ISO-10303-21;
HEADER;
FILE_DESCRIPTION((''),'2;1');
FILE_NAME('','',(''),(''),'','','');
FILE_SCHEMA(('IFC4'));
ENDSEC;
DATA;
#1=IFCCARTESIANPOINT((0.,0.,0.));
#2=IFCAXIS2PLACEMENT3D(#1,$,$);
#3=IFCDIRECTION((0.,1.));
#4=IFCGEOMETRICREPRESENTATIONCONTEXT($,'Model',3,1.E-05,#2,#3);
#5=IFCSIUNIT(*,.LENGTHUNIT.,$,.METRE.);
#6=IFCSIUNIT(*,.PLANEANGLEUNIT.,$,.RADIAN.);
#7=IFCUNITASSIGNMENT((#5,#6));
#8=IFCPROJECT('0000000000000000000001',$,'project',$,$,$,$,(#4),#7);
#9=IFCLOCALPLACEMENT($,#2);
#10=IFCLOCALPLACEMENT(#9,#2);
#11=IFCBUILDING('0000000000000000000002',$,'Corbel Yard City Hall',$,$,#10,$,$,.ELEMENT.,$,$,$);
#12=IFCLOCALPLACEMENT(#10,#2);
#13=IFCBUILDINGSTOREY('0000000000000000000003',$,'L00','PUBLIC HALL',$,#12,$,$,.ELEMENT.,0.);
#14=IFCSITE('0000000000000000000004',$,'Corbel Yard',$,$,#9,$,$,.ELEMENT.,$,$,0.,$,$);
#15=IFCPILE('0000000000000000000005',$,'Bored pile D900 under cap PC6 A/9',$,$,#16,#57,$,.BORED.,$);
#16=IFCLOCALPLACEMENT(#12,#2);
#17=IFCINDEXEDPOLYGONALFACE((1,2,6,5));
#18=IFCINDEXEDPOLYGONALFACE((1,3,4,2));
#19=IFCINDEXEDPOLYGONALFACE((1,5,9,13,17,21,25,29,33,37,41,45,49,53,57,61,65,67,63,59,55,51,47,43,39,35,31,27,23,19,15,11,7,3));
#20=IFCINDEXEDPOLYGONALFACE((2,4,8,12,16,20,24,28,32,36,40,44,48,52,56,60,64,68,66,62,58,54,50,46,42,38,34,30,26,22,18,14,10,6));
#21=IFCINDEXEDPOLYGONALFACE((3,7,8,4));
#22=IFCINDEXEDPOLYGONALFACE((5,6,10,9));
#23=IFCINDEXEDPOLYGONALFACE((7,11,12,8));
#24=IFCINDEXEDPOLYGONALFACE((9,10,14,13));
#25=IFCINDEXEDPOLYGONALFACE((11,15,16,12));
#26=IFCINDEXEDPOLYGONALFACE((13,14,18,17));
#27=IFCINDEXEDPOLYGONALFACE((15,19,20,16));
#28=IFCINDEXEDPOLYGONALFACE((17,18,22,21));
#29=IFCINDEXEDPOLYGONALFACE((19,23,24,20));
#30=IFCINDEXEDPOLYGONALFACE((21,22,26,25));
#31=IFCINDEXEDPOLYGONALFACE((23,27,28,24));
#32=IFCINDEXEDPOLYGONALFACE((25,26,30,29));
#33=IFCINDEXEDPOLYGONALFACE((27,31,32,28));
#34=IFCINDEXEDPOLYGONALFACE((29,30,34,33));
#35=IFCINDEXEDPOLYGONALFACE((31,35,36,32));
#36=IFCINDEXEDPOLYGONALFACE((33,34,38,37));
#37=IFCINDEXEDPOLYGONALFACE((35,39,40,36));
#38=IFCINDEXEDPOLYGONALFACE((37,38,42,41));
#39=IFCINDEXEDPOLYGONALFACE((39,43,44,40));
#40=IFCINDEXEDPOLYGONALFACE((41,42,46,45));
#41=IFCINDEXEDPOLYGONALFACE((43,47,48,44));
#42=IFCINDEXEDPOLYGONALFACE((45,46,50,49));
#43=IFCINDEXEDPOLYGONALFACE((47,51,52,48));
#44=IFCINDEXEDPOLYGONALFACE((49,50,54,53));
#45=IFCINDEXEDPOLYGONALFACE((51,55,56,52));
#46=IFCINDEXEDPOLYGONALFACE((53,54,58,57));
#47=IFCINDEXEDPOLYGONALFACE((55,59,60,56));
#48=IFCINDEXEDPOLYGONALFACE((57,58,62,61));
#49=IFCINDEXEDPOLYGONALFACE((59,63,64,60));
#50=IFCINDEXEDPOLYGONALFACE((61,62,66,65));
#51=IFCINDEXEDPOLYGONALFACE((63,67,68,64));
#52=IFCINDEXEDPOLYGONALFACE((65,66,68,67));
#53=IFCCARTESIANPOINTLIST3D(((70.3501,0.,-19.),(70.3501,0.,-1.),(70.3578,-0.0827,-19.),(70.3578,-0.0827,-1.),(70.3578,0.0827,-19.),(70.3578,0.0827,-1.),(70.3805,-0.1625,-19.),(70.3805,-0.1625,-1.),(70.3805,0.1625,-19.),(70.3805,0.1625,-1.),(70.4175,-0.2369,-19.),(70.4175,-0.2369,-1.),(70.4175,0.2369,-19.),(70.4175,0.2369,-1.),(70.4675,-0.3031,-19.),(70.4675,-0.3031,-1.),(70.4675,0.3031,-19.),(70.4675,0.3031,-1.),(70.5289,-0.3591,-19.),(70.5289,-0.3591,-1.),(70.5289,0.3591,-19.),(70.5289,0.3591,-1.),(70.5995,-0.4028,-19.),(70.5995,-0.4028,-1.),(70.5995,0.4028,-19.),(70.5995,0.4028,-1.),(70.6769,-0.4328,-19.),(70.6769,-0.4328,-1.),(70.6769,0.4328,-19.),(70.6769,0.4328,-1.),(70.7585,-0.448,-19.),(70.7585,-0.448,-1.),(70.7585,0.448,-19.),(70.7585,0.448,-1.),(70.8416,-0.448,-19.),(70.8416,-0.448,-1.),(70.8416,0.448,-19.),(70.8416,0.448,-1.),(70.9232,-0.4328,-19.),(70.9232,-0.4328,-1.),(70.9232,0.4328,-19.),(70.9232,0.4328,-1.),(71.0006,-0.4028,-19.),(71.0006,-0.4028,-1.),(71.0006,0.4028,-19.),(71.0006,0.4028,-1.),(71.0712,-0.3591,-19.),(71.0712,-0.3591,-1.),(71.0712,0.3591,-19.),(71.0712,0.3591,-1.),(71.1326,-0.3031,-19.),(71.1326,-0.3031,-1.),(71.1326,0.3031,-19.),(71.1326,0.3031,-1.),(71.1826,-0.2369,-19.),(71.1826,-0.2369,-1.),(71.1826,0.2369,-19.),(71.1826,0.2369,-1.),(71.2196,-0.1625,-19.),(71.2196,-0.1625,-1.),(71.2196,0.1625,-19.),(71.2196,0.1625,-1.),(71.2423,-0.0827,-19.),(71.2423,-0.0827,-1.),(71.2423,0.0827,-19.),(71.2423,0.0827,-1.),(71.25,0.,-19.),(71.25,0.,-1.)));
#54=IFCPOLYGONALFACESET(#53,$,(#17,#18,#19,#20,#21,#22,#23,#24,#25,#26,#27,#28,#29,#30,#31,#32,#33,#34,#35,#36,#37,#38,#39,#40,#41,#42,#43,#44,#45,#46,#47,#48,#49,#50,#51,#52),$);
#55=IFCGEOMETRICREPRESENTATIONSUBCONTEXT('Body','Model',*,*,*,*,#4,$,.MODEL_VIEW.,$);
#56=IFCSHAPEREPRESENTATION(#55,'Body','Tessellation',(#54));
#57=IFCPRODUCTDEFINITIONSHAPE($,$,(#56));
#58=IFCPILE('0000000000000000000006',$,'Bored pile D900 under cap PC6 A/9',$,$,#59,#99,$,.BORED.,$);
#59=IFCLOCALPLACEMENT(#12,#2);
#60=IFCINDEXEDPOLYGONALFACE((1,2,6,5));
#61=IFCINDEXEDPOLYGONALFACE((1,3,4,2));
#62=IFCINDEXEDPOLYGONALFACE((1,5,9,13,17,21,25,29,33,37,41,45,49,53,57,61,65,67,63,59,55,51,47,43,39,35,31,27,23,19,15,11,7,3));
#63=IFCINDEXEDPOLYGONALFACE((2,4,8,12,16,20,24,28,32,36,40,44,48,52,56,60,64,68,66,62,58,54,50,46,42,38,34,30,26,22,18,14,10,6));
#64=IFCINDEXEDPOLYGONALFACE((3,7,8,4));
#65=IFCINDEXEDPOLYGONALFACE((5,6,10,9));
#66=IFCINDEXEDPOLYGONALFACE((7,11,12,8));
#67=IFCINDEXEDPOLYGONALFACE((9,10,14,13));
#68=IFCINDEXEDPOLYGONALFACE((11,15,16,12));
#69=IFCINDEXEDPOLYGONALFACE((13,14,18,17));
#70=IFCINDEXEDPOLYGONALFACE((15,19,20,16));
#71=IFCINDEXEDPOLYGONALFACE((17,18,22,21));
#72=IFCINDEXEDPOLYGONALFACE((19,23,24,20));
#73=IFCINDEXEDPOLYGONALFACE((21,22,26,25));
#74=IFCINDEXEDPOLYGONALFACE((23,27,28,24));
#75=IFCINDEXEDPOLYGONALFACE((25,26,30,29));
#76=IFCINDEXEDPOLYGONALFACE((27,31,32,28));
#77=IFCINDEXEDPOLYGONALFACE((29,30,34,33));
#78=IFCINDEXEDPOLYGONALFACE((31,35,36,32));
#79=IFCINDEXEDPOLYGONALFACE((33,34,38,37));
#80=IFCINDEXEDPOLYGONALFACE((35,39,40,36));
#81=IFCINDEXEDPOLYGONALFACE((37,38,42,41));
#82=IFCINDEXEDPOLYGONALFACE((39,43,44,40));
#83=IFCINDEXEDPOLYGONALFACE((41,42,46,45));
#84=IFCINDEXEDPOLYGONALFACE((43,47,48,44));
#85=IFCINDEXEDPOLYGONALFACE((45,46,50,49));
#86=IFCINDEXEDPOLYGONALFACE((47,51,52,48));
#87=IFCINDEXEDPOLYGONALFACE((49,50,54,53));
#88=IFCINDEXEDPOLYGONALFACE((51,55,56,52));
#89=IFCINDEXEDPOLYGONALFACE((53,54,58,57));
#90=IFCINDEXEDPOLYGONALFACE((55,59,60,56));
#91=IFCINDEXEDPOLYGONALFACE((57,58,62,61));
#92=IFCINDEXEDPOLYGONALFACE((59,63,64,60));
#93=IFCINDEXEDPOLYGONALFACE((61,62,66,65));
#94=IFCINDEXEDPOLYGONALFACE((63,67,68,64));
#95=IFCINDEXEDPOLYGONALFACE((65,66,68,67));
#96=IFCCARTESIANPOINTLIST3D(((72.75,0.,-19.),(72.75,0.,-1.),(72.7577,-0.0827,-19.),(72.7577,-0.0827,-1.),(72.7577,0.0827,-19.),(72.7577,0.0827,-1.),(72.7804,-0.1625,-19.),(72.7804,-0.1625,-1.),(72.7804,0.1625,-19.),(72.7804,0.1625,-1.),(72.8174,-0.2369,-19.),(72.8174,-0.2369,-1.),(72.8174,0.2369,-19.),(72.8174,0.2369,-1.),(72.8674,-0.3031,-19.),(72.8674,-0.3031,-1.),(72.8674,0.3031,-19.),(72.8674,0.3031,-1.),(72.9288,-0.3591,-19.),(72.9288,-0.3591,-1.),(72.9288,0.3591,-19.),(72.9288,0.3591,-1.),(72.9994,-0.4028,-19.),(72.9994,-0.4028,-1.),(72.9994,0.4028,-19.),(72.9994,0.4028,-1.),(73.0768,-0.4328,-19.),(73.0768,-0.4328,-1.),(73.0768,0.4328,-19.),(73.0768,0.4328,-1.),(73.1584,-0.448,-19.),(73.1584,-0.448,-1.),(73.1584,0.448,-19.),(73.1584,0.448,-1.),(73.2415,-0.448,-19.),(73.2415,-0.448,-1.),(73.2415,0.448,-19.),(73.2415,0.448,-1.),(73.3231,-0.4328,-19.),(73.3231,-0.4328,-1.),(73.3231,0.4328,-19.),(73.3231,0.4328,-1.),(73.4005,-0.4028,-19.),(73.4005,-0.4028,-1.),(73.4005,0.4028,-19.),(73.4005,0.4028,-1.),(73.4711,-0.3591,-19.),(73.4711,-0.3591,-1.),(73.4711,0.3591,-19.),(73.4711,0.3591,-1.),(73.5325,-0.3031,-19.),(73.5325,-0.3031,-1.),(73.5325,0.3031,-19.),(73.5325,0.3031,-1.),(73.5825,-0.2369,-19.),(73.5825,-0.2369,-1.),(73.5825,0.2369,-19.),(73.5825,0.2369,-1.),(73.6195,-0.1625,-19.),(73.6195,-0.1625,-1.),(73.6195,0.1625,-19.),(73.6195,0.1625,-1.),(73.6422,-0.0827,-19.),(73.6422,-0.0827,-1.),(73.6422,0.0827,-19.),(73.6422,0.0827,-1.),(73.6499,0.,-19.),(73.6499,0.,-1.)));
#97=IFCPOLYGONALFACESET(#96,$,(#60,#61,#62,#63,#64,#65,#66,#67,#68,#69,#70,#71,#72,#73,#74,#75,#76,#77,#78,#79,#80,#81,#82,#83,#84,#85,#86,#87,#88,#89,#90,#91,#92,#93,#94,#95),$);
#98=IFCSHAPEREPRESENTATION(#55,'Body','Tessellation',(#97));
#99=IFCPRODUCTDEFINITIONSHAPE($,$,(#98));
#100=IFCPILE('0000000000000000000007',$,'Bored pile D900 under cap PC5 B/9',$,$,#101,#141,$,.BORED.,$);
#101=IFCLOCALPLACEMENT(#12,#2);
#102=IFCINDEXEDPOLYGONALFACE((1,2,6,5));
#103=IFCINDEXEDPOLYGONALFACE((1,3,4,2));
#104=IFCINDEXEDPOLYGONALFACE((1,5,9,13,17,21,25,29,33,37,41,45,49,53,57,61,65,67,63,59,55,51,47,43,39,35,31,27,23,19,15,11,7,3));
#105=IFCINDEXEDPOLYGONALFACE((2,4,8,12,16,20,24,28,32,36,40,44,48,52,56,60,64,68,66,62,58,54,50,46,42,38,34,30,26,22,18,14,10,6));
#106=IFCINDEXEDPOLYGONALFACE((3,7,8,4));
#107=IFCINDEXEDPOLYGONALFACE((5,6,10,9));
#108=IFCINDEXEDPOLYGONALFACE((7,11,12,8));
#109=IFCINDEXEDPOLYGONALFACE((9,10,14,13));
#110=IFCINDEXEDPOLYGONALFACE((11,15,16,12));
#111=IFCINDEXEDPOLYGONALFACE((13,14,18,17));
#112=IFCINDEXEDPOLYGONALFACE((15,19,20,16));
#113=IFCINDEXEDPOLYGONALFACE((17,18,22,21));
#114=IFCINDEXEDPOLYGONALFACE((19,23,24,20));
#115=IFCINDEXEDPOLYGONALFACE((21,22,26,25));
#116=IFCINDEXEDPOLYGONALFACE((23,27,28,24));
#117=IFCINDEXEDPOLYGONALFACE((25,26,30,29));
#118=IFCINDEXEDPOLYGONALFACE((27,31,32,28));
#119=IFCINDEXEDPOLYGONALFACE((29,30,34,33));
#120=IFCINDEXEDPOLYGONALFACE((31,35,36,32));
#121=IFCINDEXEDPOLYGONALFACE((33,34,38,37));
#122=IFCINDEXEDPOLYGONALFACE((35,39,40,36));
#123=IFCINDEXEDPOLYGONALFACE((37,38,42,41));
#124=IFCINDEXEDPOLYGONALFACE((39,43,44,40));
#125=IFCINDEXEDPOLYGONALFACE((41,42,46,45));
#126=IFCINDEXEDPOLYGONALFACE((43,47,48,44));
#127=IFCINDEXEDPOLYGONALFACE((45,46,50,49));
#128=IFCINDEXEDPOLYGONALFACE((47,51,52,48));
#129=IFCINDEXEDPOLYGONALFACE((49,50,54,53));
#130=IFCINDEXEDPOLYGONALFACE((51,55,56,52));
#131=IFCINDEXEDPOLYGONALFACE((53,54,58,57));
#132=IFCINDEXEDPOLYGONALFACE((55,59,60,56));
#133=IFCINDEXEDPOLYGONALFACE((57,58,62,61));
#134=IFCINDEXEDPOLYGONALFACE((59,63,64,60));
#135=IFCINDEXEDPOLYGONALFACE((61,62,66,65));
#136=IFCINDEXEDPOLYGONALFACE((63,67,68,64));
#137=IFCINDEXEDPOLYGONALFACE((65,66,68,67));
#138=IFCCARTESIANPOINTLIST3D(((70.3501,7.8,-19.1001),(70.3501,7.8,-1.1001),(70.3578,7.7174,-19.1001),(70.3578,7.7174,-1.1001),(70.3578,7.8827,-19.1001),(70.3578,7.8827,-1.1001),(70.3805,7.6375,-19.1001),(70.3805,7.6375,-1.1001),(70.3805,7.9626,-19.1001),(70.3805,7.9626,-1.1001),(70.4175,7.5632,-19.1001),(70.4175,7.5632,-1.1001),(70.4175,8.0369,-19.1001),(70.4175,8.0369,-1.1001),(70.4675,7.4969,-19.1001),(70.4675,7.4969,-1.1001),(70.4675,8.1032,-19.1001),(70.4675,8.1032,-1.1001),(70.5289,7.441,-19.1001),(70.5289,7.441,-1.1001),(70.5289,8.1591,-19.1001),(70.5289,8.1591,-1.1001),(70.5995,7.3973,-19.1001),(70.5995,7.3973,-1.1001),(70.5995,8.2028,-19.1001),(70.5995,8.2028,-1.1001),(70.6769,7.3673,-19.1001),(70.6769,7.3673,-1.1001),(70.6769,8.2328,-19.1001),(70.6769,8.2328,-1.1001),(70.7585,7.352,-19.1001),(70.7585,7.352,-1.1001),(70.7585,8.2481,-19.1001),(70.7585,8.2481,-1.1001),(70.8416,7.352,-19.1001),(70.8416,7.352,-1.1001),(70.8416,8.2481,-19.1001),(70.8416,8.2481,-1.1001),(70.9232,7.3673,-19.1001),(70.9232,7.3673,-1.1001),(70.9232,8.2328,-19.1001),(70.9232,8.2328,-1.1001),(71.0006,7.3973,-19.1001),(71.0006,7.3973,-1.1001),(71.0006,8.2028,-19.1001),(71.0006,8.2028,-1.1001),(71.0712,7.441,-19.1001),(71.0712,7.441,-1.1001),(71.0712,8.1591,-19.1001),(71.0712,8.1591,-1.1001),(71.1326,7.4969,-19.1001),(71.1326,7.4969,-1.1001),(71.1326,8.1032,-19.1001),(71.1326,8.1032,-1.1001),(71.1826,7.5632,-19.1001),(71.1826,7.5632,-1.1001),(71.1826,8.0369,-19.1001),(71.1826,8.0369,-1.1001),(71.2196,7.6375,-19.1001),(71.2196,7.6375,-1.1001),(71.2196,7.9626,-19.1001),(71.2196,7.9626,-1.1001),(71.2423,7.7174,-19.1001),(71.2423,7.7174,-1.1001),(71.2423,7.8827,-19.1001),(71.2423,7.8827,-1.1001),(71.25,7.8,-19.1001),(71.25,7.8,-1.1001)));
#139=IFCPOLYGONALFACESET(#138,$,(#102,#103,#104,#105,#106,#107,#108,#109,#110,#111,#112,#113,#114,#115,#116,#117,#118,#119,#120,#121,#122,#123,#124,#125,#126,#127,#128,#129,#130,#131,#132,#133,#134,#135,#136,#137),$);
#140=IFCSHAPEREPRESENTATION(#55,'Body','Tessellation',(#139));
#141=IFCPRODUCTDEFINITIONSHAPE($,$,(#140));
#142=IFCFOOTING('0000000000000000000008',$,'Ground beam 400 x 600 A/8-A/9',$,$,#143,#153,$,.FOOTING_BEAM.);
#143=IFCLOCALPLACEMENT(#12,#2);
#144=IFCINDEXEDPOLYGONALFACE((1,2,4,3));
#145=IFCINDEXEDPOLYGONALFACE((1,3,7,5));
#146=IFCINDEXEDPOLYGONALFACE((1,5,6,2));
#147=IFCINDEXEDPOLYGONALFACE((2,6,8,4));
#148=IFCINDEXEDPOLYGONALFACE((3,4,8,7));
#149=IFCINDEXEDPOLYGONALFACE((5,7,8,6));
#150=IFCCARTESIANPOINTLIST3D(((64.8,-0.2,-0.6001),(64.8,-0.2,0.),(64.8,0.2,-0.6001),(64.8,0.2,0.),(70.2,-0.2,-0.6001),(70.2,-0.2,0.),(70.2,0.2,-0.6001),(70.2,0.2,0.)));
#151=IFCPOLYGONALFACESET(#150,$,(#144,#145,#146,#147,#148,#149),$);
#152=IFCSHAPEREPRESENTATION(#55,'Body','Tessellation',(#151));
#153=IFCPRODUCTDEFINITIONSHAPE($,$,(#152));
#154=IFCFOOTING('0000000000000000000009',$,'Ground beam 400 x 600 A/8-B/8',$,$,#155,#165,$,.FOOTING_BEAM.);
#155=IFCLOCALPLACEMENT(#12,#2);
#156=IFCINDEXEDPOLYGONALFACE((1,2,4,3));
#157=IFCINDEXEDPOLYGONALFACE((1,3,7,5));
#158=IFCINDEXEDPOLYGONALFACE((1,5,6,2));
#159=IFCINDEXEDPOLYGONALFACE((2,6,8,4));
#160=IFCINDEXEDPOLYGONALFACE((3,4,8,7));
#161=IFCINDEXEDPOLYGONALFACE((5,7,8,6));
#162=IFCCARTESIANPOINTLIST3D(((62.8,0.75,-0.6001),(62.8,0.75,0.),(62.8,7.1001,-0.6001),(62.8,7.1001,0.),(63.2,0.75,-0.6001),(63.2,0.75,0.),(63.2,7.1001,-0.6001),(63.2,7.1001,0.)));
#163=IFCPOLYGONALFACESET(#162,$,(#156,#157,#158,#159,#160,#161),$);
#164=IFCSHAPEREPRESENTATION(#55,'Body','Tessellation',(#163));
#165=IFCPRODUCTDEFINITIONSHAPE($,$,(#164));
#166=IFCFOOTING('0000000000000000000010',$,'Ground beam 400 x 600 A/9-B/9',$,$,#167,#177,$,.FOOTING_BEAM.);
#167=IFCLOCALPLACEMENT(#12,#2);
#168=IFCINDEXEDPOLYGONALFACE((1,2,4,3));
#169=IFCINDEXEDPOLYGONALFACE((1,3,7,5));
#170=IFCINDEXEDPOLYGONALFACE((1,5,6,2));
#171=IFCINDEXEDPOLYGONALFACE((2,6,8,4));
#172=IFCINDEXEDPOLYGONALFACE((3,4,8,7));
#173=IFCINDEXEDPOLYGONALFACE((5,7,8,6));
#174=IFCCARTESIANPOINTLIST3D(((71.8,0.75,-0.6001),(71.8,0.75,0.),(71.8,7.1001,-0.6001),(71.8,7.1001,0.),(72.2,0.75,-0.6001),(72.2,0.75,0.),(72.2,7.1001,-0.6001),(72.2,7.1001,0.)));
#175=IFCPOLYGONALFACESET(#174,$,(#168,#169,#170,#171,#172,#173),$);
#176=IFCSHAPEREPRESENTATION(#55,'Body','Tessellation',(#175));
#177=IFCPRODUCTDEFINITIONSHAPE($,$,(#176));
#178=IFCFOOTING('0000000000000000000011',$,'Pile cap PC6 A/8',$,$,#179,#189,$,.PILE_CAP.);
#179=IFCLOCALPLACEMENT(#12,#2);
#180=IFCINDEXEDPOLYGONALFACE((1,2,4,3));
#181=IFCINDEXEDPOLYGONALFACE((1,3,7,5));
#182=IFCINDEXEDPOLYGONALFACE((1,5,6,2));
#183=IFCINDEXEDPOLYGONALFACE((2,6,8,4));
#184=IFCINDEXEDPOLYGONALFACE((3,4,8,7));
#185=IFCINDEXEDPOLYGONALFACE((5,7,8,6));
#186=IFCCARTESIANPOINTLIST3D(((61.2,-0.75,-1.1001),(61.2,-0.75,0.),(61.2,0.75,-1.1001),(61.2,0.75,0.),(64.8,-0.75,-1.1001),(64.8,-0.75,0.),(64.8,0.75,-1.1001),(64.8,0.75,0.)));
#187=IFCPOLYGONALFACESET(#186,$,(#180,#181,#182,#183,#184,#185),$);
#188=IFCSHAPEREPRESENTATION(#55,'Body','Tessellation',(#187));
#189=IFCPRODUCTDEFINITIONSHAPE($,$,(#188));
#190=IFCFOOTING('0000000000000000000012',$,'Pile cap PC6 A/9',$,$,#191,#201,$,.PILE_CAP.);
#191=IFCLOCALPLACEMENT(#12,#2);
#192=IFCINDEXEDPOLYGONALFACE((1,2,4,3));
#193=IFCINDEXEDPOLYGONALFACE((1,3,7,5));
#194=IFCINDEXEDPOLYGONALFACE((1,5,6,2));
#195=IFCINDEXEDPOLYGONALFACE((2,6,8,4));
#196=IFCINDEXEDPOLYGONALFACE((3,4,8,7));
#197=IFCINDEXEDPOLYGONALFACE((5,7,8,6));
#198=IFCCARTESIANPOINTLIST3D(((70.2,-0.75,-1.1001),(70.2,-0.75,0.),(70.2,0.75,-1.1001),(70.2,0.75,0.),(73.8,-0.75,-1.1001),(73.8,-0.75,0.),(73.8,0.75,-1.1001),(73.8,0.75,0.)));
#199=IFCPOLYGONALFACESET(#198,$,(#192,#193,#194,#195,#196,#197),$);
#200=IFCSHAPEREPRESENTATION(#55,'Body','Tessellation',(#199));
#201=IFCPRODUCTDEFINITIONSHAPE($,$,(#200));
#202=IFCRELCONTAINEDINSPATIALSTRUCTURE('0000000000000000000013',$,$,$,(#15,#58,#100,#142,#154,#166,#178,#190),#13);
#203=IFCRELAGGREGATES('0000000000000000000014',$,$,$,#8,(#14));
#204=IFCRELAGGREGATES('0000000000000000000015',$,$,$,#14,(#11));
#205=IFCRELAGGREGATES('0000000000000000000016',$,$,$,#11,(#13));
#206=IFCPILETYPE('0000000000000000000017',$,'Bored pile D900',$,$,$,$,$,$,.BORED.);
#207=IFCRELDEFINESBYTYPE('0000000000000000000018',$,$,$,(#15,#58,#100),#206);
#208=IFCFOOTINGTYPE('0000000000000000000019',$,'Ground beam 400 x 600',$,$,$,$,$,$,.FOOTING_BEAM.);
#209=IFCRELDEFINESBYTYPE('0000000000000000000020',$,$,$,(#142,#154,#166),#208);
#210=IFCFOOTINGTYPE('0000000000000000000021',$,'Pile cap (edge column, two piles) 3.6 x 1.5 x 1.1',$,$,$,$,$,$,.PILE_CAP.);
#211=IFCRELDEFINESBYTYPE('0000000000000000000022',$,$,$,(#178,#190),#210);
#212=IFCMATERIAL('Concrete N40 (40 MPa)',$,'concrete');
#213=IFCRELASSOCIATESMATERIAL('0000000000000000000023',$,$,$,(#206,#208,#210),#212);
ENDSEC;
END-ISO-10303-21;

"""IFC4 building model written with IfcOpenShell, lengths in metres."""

from ifc_helpers import new_model, si_unit, direction, frame, origin, origin_2d, place, context, subcontext, project, spatial, rectangle, circle, extrude, material, material_profile, profile_set, type_object, element, save


model = new_model("IFC4")

# Units and contexts
model_context = context("Model", 3, precision=1e-05, world=origin(), true_north=direction((0.0, 1.0)))
body_context = subcontext(model_context, "Body", "Model", "MODEL_VIEW")
ifc_project = project(units=[si_unit("LENGTHUNIT", "METRE"), si_unit("PLANEANGLEUNIT", "RADIAN")], contexts=[model_context])

# Site, building, storey
site_placement = place(None, origin())
site = spatial("IfcSite", under=ifc_project, at=site_placement, Name="Corbel Yard", CompositionType="ELEMENT", RefElevation=0.0)
building_placement = place(site_placement, origin())
building = spatial("IfcBuilding", under=site, at=building_placement, Name="Corbel Yard City Hall", CompositionType="ELEMENT")
storey_placement = place(building_placement, origin())
storey = spatial("IfcBuildingStorey", under=building, at=storey_placement, Name="L00", Description="PUBLIC HALL", CompositionType="ELEMENT", Elevation=0.0)

# Piles
ifc_material_1 = material(Name="Concrete N40 (40 MPa)", Category="concrete")
ifc_material_profile_1 = material_profile(ifc_material_1, circle(Radius=0.45, at=origin_2d()), Name="D900")
ifc_profile_set_1 = profile_set([ifc_material_profile_1], Name="Concrete N40 (40 MPa)")
pile_type = type_object("IfcPileType", Name="Bored pile D900", PredefinedType="BORED", material=ifc_profile_set_1)
for number, where, z_axis, x_axis, name in (
    (1, (70.8, 0.0, -1.0), (0.0, 0.0, -1.0), (1.0, 0.0, 0.0), "Bored pile D900 under cap PC6 A/9"),
    (2, (73.2, 0.0, -1.0), (0.0, 0.0, -1.0), (1.0, 0.0, 0.0), "Bored pile D900 under cap PC6 A/9"),
    (3, (70.8, 7.8, -1.1001), (0.0, 0.0, -1.0), (1.0, 0.0, 0.0), "Bored pile D900 under cap PC5 B/9"),
):
    element("IfcPile", number, at=place(storey_placement, frame(where, z_axis=z_axis, x_axis=x_axis)), inside=storey, type_object=pile_type, Name=name, PredefinedType="BORED", context=body_context, shape_type="SweptSolid", body=[
        extrude(circle(Radius=0.45, at=origin_2d()), origin(), (0.0, 0.0, 1.0), 18.0),
    ])

# Footings
footing_type_1 = type_object("IfcFootingType", Name="Ground beam 400 x 600", PredefinedType="FOOTING_BEAM", material=ifc_material_1)
footing_placement = place(storey_placement, frame((67.5, 0.0, -0.6001), z_axis=(0.0, 0.0, 1.0), x_axis=(1.0, 0.0, 0.0)))
element("IfcFooting", 4, at=footing_placement, inside=storey, type_object=footing_type_1, Name="Ground beam 400 x 600 A/8-A/9", PredefinedType="FOOTING_BEAM", context=body_context, shape_type="SweptSolid", body=[
    extrude(rectangle(XDim=5.3999, YDim=0.3999, at=origin_2d()), origin(), (0.0, 0.0, 1.0), 0.6001),
])
for number, where, z_axis, x_axis, name in (
    (5, (63.0, 3.925, -0.6001), (0.0, 0.0, 1.0), (1.0, 0.0, 0.0), "Ground beam 400 x 600 A/8-B/8"),
    (6, (72.0, 3.925, -0.6001), (0.0, 0.0, 1.0), (1.0, 0.0, 0.0), "Ground beam 400 x 600 A/9-B/9"),
):
    element("IfcFooting", number, at=place(storey_placement, frame(where, z_axis=z_axis, x_axis=x_axis)), inside=storey, type_object=footing_type_1, Name=name, PredefinedType="FOOTING_BEAM", context=body_context, shape_type="SweptSolid", body=[
        extrude(rectangle(XDim=0.3999, YDim=6.3501, at=origin_2d()), origin(), (0.0, 0.0, 1.0), 0.6001),
    ])
footing_type_2 = type_object("IfcFootingType", Name="Pile cap (edge column, two piles) 3.6 x 1.5 x 1.1", PredefinedType="PILE_CAP", material=ifc_material_1)
for number, where, z_axis, x_axis, name in (
    (7, (63.0, 0.0, -1.1001), (0.0, 0.0, 1.0), (1.0, 0.0, 0.0), "Pile cap PC6 A/8"),
    (8, (72.0, 0.0, -1.1001), (0.0, 0.0, 1.0), (1.0, 0.0, 0.0), "Pile cap PC6 A/9"),
):
    element("IfcFooting", number, at=place(storey_placement, frame(where, z_axis=z_axis, x_axis=x_axis)), inside=storey, type_object=footing_type_2, Name=name, PredefinedType="PILE_CAP", context=body_context, shape_type="SweptSolid", body=[
        extrude(rectangle(XDim=3.6001, YDim=1.5, at=origin_2d()), origin(), (0.0, 0.0, 1.0), 1.1001),
    ])

save(model, "model.ifc")
